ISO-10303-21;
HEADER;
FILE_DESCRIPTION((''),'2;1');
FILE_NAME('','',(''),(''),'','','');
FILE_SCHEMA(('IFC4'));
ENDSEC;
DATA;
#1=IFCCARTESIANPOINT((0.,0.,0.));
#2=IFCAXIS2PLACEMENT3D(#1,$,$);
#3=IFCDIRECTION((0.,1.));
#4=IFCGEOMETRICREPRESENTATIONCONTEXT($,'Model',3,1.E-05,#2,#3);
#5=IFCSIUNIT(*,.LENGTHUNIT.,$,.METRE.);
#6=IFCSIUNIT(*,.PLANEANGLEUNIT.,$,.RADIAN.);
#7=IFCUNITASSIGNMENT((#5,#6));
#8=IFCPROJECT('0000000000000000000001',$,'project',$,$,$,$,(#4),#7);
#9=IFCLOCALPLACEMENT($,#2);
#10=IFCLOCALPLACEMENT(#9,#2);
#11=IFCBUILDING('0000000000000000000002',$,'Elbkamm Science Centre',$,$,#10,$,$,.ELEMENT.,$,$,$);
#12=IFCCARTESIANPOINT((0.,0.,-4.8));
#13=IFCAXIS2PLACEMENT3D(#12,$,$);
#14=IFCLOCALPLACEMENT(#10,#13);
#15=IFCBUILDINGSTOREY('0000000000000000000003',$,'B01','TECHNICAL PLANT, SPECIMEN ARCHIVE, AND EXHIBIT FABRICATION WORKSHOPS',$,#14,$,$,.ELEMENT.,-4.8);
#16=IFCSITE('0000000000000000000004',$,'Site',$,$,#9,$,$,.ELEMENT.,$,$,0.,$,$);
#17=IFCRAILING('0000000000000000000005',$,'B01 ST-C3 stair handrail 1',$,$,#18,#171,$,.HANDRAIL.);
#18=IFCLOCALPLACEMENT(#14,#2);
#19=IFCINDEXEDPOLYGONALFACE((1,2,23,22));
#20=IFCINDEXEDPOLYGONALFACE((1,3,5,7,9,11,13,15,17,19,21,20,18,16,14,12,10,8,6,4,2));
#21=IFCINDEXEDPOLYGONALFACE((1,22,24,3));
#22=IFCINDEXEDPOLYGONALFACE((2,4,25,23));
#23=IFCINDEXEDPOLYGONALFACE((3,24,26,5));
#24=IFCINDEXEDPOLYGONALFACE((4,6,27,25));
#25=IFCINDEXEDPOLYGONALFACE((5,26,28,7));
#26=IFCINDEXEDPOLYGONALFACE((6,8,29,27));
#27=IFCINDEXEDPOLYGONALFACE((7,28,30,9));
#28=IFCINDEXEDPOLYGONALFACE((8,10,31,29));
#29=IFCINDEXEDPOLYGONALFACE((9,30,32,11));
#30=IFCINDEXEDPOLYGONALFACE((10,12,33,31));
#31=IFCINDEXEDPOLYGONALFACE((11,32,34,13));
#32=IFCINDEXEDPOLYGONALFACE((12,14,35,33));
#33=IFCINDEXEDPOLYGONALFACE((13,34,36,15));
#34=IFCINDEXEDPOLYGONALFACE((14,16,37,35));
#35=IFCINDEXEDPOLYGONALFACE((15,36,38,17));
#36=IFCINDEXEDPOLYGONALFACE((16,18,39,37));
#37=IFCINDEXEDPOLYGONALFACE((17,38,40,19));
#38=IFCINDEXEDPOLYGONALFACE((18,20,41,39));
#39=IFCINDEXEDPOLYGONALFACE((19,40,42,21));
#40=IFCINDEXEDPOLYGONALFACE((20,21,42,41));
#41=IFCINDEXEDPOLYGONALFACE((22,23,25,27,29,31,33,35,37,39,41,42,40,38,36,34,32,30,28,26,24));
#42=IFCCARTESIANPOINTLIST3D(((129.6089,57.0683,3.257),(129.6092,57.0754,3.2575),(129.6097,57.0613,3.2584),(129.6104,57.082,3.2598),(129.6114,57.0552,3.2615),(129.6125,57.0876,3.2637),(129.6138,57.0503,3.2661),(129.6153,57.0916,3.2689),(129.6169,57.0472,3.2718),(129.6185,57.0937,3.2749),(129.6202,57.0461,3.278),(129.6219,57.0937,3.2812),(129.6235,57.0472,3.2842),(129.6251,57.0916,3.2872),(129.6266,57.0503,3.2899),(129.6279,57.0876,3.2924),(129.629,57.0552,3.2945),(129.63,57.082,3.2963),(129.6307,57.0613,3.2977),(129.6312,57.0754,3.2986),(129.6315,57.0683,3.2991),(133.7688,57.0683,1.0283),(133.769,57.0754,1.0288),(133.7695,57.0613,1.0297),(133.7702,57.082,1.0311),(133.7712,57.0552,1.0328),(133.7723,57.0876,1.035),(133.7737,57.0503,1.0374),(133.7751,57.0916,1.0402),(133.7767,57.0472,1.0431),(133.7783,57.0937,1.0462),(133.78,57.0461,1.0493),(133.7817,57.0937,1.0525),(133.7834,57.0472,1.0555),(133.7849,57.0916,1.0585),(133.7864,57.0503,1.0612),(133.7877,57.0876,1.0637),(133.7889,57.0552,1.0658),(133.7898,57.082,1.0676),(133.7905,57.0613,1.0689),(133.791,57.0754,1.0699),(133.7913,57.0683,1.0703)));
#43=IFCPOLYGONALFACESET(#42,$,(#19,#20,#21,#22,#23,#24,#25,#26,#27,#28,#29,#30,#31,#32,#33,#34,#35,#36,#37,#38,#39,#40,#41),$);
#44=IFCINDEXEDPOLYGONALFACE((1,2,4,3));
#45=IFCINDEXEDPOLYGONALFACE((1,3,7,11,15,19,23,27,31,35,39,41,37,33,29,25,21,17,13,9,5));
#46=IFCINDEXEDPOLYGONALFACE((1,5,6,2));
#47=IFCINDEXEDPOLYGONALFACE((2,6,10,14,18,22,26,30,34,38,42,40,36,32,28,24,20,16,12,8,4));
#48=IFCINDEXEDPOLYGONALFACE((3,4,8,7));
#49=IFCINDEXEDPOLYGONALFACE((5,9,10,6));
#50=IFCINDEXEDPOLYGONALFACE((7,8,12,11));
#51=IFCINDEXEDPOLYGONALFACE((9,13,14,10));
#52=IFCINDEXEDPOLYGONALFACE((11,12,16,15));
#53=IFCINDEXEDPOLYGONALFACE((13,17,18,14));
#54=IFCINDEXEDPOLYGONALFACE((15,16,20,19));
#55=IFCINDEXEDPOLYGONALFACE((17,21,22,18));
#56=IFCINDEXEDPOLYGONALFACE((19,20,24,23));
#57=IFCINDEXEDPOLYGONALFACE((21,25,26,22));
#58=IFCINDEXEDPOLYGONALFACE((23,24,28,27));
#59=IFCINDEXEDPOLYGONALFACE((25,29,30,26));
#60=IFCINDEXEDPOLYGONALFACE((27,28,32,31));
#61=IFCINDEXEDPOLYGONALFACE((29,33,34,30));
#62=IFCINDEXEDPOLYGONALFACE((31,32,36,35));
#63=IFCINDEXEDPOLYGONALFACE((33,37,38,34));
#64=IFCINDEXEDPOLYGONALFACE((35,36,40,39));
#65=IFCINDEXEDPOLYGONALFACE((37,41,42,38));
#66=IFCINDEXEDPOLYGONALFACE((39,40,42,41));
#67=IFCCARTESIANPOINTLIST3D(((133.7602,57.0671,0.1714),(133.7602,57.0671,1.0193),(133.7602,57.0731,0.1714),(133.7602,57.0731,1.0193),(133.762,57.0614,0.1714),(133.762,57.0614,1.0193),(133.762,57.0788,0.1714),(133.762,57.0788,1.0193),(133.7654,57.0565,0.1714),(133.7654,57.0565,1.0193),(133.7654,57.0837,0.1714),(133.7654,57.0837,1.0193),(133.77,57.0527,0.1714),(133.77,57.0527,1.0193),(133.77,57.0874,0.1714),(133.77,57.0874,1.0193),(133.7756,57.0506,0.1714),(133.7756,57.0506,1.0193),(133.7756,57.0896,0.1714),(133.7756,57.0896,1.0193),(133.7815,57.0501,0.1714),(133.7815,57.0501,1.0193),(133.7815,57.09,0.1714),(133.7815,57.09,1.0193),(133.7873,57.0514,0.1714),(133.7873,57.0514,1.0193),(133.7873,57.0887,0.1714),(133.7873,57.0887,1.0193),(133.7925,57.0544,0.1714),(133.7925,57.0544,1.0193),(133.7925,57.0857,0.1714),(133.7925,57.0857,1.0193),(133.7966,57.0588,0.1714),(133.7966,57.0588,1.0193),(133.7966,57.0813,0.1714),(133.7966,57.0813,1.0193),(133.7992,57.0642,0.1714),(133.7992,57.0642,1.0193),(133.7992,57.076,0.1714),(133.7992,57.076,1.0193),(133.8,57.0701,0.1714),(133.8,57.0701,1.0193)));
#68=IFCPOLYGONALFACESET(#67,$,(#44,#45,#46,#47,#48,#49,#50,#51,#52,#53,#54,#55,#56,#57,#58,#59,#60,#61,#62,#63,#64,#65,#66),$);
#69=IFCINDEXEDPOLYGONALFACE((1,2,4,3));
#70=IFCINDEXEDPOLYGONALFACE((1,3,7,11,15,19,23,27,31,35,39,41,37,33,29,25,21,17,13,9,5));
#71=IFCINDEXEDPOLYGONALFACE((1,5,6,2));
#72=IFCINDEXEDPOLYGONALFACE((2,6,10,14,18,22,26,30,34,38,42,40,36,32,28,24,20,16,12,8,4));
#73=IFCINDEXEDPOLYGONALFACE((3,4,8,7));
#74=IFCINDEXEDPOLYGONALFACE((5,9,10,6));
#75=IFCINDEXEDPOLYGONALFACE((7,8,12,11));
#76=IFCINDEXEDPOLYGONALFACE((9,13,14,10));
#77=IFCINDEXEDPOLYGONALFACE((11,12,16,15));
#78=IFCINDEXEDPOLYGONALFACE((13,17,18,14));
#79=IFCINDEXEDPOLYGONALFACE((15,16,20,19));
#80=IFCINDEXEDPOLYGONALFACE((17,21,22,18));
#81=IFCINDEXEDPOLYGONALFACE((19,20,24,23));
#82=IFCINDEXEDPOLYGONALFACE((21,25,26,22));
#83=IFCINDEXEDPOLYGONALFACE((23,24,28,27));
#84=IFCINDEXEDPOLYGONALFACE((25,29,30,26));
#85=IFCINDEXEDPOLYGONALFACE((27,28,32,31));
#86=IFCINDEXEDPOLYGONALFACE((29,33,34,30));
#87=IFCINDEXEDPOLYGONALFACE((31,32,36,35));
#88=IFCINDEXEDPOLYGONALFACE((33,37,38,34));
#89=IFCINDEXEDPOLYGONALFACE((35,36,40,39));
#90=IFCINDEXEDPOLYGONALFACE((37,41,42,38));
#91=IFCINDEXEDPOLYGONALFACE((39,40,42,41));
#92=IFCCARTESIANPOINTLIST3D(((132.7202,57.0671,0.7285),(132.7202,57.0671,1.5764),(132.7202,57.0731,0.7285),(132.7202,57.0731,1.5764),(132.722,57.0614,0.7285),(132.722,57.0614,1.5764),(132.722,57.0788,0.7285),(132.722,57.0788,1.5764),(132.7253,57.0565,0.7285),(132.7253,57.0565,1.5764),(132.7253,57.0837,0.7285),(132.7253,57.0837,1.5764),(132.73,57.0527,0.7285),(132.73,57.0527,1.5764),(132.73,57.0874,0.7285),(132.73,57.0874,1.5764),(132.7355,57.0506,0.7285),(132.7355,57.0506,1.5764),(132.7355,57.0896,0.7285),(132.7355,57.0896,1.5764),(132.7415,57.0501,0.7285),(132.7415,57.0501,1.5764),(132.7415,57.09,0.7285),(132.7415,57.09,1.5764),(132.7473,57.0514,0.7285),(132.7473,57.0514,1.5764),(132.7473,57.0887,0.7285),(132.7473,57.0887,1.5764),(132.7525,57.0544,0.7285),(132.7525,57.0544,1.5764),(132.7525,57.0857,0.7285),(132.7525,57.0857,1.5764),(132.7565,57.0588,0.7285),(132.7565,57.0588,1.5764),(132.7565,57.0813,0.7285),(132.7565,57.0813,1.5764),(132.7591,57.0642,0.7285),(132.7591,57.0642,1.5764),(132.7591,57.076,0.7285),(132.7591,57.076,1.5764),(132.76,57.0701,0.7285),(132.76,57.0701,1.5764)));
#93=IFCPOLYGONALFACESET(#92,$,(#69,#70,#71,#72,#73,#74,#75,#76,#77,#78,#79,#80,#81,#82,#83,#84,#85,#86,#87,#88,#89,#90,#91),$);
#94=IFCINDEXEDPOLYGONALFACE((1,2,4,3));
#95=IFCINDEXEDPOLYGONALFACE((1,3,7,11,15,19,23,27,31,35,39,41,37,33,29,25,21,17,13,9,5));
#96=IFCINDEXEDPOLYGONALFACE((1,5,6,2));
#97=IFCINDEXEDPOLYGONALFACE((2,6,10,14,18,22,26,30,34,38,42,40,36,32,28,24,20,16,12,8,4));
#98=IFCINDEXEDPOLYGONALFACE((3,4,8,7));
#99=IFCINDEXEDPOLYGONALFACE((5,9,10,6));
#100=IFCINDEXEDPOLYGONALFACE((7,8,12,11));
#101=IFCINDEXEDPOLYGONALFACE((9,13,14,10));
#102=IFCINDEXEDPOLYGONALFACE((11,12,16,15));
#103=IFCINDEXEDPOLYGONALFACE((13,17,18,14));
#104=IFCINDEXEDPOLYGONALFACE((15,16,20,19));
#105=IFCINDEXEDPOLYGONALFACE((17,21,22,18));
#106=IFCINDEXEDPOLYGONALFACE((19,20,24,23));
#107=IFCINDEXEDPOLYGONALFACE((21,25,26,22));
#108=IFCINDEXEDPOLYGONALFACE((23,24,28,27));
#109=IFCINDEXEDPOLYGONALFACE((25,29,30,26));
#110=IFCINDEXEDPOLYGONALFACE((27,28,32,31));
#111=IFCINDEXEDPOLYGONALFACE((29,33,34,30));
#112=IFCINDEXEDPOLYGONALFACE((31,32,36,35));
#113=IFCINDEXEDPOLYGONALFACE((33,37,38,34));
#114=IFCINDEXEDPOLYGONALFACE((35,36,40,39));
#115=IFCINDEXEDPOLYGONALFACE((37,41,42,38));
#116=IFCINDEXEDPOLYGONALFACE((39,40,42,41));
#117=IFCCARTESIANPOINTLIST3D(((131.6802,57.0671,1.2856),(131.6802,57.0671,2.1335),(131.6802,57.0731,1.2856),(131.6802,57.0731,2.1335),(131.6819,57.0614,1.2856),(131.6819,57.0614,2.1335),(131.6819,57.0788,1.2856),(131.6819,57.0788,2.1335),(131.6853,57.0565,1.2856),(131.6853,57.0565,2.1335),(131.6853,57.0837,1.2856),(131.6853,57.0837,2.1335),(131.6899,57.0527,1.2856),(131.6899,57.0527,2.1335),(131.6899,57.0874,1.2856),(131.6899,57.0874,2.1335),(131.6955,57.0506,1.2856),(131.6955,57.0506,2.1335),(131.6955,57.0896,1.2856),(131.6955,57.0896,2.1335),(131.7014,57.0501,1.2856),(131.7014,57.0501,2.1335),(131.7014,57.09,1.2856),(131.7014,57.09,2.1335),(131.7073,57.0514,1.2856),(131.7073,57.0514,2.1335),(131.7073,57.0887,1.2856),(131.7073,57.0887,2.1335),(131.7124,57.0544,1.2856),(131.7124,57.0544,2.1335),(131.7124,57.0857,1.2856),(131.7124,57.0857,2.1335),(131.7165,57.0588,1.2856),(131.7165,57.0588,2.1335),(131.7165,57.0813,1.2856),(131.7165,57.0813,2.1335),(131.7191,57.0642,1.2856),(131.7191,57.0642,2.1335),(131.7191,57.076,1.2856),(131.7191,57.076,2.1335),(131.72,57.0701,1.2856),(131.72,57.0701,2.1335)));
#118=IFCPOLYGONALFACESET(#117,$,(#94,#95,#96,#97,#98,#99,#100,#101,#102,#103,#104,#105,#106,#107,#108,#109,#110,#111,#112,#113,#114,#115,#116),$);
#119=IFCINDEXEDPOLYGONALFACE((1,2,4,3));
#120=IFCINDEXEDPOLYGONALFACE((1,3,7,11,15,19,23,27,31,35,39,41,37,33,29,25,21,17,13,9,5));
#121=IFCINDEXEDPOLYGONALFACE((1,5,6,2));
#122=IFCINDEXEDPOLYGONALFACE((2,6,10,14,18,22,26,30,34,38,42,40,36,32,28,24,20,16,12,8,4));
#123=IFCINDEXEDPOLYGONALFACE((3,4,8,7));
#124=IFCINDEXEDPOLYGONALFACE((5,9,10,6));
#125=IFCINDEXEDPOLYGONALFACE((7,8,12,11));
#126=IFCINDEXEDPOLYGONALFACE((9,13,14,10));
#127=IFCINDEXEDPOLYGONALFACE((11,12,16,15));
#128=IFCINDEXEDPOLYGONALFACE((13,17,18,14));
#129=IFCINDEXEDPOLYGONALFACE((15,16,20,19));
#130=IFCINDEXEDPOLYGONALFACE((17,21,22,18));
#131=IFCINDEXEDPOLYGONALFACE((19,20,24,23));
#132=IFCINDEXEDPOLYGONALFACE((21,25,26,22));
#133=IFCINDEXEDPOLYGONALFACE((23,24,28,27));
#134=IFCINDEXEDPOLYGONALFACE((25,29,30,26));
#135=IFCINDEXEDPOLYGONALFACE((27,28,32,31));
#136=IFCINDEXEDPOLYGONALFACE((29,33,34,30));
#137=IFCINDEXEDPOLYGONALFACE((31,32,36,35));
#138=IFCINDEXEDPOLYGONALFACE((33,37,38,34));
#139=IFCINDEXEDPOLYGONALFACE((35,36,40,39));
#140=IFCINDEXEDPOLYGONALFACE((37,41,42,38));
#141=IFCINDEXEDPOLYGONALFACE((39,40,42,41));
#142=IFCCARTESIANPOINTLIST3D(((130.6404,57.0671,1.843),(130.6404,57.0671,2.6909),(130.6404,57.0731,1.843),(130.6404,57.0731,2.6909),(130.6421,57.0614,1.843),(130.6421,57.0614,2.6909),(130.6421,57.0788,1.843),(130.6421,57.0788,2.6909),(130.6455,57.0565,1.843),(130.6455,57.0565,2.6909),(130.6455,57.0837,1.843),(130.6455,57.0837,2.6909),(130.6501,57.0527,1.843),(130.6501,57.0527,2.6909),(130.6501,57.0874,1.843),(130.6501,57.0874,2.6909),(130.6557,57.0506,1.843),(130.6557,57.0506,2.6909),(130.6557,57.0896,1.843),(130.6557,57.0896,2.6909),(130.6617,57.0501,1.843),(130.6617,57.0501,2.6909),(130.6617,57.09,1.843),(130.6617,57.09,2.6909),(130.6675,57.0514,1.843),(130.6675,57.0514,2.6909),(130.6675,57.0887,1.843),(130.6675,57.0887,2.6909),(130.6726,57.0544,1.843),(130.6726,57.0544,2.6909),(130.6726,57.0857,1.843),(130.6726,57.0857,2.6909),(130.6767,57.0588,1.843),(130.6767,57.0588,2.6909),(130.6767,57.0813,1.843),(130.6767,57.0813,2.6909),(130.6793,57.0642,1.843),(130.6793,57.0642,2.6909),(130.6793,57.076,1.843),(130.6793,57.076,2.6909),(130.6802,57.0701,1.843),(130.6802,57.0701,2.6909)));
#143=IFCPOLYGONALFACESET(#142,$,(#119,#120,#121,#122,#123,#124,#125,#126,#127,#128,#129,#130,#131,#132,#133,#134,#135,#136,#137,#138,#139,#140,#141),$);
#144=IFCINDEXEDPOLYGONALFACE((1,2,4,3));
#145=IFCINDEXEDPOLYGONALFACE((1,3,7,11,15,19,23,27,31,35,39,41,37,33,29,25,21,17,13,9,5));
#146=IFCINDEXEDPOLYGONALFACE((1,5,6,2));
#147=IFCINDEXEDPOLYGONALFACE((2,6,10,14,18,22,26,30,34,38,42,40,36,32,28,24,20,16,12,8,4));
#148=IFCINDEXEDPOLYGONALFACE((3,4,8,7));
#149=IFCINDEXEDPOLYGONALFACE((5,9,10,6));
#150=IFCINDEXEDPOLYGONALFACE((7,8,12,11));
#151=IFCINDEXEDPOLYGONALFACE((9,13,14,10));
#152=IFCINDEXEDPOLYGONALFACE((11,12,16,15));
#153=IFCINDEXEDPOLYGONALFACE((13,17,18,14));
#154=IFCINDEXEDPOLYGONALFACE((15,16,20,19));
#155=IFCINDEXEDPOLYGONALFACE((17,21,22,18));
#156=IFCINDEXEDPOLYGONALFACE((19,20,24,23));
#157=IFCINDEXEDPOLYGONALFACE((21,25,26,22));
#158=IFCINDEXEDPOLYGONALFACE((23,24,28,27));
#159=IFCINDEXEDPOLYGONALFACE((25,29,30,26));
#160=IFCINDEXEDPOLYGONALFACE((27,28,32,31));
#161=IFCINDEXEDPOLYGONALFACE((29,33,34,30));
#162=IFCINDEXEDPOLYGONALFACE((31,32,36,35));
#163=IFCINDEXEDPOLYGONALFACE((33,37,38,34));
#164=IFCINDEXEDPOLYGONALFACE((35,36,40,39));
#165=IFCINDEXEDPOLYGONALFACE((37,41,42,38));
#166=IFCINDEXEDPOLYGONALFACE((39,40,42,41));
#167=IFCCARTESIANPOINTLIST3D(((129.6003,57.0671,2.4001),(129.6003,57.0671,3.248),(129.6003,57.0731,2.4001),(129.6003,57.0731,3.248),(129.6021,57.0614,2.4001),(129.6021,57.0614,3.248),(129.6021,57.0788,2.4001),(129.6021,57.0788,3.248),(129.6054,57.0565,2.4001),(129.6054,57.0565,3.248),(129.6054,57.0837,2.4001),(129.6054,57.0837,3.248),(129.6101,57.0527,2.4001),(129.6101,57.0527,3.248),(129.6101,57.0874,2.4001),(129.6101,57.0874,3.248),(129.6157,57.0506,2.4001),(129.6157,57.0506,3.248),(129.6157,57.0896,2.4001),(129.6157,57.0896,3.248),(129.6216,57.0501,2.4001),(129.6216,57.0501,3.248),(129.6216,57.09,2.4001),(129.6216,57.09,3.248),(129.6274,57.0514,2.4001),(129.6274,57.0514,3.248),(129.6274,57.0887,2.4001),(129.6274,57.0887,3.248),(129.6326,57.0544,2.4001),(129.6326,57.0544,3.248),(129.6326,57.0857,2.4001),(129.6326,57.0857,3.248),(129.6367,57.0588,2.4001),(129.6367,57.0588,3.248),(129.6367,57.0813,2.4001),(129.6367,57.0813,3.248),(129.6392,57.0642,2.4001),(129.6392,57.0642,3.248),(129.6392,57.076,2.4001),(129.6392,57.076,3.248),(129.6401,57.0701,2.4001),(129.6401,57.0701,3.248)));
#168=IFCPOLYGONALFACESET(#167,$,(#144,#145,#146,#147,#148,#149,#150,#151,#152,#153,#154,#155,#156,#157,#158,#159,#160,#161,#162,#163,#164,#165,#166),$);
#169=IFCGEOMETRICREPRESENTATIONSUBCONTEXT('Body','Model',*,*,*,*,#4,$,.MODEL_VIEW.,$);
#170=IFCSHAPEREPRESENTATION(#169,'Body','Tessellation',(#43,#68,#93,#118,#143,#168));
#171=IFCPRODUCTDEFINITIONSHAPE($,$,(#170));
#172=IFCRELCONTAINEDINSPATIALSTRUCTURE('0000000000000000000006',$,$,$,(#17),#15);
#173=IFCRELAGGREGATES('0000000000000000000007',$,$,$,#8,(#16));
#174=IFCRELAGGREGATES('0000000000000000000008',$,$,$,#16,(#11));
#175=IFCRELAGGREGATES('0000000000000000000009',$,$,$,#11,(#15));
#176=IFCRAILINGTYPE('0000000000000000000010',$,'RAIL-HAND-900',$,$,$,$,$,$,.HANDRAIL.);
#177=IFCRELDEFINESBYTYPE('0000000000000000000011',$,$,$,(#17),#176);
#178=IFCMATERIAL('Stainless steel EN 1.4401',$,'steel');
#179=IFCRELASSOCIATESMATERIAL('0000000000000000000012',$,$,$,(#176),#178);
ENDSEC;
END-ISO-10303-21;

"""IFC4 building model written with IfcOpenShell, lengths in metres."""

from ifc_helpers import new_model, si_unit, direction, frame, origin, origin_2d, place, context, subcontext, project, spatial, circle, extrude, material, type_object, element, save


model = new_model("IFC4")

# Units and contexts
model_context = context("Model", 3, precision=1e-05, world=origin(), true_north=direction((0.0, 1.0)))
body_context = subcontext(model_context, "Body", "Model", "MODEL_VIEW")
ifc_project = project(units=[si_unit("LENGTHUNIT", "METRE"), si_unit("PLANEANGLEUNIT", "RADIAN")], contexts=[model_context])

# Site, building, storey
site_placement = place(None, origin())
site = spatial("IfcSite", under=ifc_project, at=site_placement, Name="Site", CompositionType="ELEMENT", RefElevation=0.0)
building_placement = place(site_placement, origin())
building = spatial("IfcBuilding", under=site, at=building_placement, Name="Elbkamm Science Centre", CompositionType="ELEMENT")
storey_placement = place(building_placement, frame((0.0, 0.0, -4.8)))
storey = spatial("IfcBuildingStorey", under=building, at=storey_placement, Name="B01", Description="TECHNICAL PLANT, SPECIMEN ARCHIVE, AND EXHIBIT FABRICATION WORKSHOPS", CompositionType="ELEMENT", Elevation=-4.8)

# Railing
ifc_material_1 = material(Name="Stainless steel EN 1.4401", Category="steel")
railing_type_1 = type_object("IfcRailingType", Name="RAIL-HAND-900", PredefinedType="HANDRAIL", material=ifc_material_1)
railing_1_placement = place(storey_placement, frame((133.78, 57.0701, 0.1714)))
element("IfcRailing", 1, at=railing_1_placement, inside=storey, type_object=railing_type_1, Name="B01 ST-C3 stair handrail 1", PredefinedType="HANDRAIL", context=body_context, shape_type="SweptSolid", body=[
    extrude(circle(Radius=0.0239, at=origin_2d()), frame((0.0, 0.0, 0.8779), z_axis=(-0.881459, 0.0, 0.47226), x_axis=(0.0, -1.0, 0.0)), (0.0, 0.0, 1.0), 4.7192),
    extrude(circle(Radius=0.02, at=origin_2d()), origin(), (0.0, 0.0, 1.0), 0.8479),
    extrude(circle(Radius=0.02, at=origin_2d()), frame((-1.04, 0.0, 0.5571)), (0.0, 0.0, 1.0), 0.8479),
    extrude(circle(Radius=0.02, at=origin_2d()), frame((-2.0801, 0.0, 1.1143)), (0.0, 0.0, 1.0), 0.8479),
    extrude(circle(Radius=0.02, at=origin_2d()), frame((-3.1199, 0.0, 1.6716)), (0.0, 0.0, 1.0), 0.8479),
    extrude(circle(Radius=0.02, at=origin_2d()), frame((-4.1599, 0.0, 2.2288)), (0.0, 0.0, 1.0), 0.8479),
])

save(model, "model.ifc")
